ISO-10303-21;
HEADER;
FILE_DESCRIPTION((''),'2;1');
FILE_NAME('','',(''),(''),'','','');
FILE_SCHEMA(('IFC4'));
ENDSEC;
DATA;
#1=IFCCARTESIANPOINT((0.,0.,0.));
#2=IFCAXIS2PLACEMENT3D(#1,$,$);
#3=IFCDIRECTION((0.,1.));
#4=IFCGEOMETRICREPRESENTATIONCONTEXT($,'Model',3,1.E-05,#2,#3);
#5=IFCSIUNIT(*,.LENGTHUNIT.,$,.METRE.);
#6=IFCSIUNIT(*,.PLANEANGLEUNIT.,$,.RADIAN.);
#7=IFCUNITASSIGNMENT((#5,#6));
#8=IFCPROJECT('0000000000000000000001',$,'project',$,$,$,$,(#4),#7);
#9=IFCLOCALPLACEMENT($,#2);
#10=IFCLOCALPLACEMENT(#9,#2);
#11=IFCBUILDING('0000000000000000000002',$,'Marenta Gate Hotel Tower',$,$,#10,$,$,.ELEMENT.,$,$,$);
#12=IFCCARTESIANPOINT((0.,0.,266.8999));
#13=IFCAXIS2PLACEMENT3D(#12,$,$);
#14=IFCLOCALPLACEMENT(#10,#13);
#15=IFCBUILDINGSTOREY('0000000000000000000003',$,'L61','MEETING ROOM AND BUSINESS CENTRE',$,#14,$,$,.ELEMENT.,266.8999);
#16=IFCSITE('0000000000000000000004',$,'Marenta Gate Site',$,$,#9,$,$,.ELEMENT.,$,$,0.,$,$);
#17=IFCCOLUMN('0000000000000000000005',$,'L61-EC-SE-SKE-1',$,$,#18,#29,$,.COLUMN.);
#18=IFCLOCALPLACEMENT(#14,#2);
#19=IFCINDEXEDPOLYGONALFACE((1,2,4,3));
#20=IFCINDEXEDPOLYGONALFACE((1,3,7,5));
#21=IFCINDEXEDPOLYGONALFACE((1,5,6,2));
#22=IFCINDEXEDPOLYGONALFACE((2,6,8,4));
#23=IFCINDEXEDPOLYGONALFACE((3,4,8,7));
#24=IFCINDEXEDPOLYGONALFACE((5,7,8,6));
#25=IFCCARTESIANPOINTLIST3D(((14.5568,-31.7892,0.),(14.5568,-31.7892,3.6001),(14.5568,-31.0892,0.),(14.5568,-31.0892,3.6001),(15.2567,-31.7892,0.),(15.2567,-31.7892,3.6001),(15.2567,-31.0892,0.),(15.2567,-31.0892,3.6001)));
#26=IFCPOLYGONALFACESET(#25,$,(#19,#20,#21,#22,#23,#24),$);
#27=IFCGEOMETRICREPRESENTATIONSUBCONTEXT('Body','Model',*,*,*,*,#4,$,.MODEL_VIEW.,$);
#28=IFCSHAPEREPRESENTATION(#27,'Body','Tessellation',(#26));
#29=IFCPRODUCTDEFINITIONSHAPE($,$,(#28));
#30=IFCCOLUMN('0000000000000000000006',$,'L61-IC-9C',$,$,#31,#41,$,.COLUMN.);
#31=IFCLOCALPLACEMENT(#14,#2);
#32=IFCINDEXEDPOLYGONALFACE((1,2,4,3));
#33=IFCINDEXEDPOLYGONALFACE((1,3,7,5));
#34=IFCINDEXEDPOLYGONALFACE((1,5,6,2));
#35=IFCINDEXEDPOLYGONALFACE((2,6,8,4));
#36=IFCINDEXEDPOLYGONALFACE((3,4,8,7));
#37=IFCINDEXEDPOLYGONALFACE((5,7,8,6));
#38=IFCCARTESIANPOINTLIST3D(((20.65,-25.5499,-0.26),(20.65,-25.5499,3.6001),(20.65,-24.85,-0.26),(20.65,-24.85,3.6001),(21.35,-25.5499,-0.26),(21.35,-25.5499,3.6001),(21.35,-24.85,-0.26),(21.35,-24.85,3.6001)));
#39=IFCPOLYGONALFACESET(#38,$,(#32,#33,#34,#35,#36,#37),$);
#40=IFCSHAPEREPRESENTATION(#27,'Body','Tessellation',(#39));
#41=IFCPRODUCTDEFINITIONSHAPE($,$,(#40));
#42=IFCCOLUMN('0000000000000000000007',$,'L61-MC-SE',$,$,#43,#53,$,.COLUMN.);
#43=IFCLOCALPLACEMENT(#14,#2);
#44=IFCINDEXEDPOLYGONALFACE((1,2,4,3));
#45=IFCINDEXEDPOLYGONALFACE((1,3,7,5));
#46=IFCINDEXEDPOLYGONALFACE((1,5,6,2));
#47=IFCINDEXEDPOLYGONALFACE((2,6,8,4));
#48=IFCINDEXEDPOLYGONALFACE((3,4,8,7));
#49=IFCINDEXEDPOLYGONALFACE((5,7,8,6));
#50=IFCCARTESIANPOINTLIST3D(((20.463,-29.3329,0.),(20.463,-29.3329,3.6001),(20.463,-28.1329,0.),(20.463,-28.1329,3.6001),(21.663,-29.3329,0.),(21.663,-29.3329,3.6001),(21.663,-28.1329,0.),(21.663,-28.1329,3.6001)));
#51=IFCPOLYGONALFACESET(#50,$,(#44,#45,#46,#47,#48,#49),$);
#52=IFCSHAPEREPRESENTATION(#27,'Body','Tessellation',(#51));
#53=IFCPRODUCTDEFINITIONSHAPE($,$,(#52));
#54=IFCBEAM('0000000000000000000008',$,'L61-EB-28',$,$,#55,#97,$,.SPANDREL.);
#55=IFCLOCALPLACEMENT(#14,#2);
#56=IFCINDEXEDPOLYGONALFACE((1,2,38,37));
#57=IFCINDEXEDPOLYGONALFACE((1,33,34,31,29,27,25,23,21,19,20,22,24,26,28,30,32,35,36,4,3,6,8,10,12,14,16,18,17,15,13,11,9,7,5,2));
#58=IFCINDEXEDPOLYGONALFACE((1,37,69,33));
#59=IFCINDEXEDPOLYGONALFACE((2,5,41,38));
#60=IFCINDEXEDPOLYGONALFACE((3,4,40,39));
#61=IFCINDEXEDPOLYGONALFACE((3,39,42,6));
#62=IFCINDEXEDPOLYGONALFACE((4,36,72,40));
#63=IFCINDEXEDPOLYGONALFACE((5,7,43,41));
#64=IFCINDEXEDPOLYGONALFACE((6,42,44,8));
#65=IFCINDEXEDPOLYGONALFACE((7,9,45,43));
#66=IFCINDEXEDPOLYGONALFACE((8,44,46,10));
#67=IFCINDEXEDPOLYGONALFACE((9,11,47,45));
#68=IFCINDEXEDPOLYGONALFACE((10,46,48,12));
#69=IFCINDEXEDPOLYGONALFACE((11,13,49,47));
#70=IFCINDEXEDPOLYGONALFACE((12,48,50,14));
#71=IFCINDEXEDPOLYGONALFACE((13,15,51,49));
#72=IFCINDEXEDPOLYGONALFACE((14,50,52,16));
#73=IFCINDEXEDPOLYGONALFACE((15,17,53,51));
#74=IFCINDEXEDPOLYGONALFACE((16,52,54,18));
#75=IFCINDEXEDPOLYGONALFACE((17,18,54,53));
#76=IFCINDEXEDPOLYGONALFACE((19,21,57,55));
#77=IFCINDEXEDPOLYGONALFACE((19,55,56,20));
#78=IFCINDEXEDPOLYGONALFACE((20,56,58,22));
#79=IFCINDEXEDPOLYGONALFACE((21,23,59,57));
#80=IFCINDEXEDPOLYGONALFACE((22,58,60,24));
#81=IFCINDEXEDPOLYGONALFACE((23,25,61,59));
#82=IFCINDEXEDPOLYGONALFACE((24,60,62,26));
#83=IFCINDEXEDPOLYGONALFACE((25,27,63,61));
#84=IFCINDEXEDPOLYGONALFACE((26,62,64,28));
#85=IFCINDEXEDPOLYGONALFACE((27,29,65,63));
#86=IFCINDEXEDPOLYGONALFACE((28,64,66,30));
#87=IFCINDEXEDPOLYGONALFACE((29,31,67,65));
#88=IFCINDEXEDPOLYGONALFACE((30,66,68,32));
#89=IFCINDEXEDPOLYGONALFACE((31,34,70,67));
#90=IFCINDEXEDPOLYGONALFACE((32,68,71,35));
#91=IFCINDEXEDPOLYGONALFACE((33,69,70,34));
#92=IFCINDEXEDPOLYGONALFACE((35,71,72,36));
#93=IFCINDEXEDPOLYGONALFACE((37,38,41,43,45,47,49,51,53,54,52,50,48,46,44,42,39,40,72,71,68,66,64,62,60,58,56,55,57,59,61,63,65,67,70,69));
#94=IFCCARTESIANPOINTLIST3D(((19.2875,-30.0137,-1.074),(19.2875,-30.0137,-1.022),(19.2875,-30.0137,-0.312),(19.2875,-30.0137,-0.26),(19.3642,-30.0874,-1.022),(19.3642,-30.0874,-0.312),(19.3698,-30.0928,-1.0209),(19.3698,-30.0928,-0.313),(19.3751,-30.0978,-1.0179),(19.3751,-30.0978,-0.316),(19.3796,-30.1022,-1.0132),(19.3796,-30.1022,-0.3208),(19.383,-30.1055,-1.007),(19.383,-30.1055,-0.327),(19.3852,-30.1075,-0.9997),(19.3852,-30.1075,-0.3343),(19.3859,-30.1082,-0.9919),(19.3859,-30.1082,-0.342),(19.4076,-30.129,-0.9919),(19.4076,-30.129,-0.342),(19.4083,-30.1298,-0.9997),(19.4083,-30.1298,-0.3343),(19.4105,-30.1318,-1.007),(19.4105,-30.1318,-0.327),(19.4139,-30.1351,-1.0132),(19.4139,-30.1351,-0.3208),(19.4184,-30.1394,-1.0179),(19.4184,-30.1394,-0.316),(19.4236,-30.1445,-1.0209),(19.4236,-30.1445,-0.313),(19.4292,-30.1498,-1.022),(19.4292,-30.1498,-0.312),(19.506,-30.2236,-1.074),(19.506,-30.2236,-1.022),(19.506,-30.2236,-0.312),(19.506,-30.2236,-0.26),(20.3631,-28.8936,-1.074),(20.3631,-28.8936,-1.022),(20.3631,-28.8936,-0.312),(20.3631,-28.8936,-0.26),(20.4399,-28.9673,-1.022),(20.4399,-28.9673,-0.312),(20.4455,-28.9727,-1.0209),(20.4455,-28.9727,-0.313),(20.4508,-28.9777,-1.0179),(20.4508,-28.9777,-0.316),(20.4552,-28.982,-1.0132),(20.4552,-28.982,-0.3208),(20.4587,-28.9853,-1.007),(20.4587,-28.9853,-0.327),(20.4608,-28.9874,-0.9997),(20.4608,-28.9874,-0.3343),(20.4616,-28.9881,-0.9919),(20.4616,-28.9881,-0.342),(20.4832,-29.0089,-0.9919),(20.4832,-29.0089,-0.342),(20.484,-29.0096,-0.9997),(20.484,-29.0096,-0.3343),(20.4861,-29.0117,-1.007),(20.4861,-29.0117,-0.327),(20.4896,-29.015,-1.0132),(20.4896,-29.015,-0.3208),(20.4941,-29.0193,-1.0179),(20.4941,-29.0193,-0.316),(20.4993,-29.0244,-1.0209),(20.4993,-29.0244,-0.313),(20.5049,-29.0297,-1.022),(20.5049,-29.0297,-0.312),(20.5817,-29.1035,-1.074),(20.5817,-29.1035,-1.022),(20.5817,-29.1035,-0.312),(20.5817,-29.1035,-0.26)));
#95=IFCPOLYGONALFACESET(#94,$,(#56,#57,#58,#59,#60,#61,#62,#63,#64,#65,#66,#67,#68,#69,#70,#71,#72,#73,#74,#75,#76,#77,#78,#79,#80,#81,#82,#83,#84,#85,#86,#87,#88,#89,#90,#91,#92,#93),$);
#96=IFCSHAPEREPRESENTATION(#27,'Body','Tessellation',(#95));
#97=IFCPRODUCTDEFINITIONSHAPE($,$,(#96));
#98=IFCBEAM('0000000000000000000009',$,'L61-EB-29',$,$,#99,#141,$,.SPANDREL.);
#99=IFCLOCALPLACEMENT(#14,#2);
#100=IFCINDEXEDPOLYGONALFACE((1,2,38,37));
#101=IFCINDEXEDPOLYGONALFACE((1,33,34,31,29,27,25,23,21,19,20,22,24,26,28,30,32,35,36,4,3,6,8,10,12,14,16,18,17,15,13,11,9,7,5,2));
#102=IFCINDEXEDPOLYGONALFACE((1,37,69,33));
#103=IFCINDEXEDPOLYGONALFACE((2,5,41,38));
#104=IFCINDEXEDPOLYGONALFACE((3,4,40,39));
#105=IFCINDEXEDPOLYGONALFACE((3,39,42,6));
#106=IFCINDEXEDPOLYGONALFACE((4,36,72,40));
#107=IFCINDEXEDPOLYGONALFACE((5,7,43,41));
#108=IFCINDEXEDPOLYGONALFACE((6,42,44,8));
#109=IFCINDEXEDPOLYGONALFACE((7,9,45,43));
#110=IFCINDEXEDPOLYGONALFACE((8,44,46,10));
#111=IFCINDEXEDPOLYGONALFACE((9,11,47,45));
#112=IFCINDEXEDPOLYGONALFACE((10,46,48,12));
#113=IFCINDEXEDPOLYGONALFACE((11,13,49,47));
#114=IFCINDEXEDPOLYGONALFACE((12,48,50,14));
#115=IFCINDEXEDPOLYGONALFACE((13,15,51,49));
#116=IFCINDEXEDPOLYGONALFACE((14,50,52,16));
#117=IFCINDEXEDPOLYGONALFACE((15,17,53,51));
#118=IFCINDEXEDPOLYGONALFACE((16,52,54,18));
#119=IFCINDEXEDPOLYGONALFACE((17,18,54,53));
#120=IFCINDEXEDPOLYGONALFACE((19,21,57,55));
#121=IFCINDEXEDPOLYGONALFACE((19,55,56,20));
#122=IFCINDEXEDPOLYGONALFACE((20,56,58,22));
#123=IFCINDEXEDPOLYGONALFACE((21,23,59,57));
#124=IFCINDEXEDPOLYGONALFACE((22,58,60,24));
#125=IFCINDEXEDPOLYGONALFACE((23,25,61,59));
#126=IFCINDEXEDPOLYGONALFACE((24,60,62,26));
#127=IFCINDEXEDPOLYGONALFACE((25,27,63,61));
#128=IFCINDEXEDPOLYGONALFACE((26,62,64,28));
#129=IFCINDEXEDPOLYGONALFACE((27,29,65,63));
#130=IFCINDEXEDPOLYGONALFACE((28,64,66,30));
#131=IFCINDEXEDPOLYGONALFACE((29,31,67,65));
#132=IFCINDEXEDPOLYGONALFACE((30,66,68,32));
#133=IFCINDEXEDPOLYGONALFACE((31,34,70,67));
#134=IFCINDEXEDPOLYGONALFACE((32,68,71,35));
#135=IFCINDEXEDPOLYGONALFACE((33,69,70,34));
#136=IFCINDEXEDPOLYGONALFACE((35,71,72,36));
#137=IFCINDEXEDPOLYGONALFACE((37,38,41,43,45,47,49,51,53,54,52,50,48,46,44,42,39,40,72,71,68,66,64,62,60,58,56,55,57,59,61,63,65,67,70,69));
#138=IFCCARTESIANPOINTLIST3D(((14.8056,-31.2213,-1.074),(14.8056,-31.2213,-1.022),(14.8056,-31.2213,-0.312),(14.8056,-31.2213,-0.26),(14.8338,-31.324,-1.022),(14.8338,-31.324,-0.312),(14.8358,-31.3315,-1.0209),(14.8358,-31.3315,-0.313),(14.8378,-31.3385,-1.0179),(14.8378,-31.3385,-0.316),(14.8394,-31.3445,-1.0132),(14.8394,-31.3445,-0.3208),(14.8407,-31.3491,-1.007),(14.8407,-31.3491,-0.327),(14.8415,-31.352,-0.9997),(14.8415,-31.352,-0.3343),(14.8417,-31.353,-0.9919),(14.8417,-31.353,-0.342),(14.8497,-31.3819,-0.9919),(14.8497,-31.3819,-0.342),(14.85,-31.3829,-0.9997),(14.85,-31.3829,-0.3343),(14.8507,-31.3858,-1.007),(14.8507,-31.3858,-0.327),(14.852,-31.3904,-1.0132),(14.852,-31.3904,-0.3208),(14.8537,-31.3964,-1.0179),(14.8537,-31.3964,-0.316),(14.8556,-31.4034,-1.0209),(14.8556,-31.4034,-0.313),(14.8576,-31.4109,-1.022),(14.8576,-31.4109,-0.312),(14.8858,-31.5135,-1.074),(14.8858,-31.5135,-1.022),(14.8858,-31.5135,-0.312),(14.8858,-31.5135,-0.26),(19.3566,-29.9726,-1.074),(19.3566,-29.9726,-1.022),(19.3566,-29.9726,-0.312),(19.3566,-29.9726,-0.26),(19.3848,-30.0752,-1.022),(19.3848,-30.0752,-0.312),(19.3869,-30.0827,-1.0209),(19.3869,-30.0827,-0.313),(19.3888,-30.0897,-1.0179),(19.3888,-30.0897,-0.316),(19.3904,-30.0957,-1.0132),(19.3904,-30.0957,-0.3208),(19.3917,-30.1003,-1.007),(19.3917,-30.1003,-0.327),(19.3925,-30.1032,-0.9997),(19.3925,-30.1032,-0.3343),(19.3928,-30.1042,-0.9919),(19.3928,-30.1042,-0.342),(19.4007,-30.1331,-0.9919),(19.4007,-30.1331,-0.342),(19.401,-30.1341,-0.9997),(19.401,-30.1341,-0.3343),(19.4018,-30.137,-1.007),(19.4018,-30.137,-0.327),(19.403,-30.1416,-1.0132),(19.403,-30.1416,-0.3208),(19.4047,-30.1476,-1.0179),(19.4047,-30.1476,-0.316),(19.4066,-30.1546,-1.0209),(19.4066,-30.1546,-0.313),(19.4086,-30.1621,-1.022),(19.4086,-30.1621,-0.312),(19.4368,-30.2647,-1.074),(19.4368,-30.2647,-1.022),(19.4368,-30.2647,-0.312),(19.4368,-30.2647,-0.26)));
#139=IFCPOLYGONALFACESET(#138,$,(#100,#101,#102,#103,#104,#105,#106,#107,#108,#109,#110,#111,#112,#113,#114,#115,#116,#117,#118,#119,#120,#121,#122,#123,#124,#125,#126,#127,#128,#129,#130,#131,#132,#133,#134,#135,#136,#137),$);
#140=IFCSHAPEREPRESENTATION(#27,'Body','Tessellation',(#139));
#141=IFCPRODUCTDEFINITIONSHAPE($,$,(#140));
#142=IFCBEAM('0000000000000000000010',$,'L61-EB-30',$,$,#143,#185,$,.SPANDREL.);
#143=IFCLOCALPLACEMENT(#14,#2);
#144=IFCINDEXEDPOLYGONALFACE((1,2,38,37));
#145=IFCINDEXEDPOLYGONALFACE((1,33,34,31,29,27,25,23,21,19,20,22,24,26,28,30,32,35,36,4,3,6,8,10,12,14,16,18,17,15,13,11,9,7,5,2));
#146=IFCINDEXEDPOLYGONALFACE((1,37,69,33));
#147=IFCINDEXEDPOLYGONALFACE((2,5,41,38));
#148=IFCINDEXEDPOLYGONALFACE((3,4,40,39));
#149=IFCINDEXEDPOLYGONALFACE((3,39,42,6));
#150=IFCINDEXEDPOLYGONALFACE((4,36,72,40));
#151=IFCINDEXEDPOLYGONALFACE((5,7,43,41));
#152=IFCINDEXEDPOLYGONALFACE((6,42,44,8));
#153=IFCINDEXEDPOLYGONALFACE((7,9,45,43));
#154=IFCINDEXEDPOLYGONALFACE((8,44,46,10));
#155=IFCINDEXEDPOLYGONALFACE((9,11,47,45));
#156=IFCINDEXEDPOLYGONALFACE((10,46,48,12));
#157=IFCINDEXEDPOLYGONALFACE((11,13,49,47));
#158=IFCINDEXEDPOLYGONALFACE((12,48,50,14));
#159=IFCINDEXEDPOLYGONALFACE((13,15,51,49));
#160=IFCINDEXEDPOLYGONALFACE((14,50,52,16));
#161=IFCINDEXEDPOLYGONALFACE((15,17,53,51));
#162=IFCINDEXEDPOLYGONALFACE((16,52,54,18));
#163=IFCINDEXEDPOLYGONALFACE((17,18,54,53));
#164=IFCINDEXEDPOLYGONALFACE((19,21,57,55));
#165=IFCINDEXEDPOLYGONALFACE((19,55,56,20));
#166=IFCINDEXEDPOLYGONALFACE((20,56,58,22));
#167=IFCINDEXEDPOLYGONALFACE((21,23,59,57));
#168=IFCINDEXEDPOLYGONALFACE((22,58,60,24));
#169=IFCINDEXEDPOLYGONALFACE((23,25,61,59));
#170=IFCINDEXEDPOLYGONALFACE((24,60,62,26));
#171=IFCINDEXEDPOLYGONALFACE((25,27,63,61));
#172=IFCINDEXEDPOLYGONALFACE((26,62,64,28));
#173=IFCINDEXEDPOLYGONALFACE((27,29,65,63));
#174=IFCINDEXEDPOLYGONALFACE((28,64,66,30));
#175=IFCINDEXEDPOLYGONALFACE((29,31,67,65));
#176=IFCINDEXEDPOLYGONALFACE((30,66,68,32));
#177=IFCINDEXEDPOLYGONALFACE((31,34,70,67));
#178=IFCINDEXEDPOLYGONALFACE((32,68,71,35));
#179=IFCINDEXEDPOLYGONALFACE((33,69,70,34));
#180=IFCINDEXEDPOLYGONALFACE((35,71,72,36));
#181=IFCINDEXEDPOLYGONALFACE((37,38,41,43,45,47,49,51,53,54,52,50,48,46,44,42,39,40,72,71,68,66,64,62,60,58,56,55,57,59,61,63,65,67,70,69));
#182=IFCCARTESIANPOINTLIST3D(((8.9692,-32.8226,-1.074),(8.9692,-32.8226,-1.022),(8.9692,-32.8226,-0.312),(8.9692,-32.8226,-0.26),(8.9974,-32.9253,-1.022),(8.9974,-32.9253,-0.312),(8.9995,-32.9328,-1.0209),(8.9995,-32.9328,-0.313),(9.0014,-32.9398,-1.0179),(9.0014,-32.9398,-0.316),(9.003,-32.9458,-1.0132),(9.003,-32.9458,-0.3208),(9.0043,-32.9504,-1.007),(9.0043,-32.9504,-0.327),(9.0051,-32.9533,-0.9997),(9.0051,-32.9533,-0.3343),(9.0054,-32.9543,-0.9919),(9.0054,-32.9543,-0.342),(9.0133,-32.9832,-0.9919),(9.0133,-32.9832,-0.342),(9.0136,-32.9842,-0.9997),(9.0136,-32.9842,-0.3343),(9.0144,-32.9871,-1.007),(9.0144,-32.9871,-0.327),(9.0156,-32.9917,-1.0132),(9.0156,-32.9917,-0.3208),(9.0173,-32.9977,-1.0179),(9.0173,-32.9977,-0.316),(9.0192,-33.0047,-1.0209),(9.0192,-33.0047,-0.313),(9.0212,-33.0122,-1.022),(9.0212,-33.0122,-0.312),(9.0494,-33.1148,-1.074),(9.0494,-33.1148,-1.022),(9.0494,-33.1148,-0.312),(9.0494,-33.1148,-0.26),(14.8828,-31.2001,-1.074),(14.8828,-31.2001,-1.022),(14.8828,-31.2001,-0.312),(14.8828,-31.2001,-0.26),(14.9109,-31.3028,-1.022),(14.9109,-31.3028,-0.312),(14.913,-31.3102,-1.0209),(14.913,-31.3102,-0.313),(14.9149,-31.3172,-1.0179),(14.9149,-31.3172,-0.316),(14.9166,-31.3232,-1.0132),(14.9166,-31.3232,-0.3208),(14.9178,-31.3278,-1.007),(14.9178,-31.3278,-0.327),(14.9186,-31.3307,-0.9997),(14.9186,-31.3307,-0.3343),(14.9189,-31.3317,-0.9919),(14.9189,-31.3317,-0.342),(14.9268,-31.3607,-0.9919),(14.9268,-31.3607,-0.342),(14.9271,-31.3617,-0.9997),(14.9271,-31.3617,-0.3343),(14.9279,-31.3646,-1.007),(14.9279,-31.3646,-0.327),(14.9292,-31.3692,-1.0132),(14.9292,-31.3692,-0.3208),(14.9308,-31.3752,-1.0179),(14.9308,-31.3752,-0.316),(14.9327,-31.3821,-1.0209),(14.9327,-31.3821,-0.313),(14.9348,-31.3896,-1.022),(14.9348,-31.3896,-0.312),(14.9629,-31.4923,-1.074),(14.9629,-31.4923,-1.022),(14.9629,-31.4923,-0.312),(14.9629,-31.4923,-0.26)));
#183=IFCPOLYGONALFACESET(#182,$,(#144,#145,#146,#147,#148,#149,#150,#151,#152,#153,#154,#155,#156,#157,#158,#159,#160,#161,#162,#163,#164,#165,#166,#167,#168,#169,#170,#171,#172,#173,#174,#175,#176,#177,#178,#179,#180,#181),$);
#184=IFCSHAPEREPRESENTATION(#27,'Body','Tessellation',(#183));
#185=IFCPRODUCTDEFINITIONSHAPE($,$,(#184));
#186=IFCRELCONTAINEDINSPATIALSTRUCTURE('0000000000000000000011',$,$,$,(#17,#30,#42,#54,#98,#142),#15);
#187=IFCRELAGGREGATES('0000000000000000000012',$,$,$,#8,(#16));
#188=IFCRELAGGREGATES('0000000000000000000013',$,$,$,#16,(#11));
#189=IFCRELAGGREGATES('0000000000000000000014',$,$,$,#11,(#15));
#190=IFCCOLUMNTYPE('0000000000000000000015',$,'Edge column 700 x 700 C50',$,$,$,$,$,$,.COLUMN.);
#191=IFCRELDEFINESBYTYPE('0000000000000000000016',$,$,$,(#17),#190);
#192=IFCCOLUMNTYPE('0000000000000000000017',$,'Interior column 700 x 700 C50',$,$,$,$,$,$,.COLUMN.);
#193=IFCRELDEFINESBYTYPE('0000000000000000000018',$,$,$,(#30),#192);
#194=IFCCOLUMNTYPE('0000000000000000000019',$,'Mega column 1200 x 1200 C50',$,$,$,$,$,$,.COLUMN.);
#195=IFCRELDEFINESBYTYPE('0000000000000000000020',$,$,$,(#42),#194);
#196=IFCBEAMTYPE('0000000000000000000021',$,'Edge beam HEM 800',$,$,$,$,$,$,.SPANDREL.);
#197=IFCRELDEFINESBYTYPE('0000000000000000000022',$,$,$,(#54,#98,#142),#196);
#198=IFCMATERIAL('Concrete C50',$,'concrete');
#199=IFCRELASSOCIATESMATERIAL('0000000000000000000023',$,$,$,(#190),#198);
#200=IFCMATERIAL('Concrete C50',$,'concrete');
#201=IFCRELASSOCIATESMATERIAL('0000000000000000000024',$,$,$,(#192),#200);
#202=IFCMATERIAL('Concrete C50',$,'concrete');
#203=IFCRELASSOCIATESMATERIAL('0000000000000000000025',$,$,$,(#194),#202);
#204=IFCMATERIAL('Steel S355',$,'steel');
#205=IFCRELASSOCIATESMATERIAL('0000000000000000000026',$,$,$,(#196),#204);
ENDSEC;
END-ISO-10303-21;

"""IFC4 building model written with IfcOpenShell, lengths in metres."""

from ifc_helpers import new_model, si_unit, direction, frame, origin, origin_2d, place, context, subcontext, project, spatial, rectangle, i_section, extrude, material, material_profile, profile_set, type_object, element, save


model = new_model("IFC4")

# Units and contexts
model_context = context("Model", 3, precision=1e-05, world=origin(), true_north=direction((0.0, 1.0)))
body_context = subcontext(model_context, "Body", "Model", "MODEL_VIEW")
ifc_project = project(units=[si_unit("LENGTHUNIT", "METRE"), si_unit("PLANEANGLEUNIT", "RADIAN")], contexts=[model_context])

# Site, building, storey
site_placement = place(None, origin())
site = spatial("IfcSite", under=ifc_project, at=site_placement, Name="Marenta Gate Site", CompositionType="ELEMENT", RefElevation=0.0)
building_placement = place(site_placement, origin())
building = spatial("IfcBuilding", under=site, at=building_placement, Name="Marenta Gate Hotel Tower", CompositionType="ELEMENT")
storey_placement = place(building_placement, frame((0.0, 0.0, 266.8999)))
storey = spatial("IfcBuildingStorey", under=building, at=storey_placement, Name="L61", Description="MEETING ROOM AND BUSINESS CENTRE", CompositionType="ELEMENT", Elevation=266.8999)

# Columns
ifc_material_1 = material(Name="Concrete C50", Category="concrete")
ifc_material_profile_1 = material_profile(ifc_material_1, rectangle(XDim=0.7, YDim=0.7, at=origin_2d()), Name="700 x 700")
ifc_profile_set_1 = profile_set([ifc_material_profile_1], Name="Concrete C50")
column_type_1 = type_object("IfcColumnType", Name="Edge column 700 x 700 C50", PredefinedType="COLUMN", material=ifc_profile_set_1)
column_1_placement = place(storey_placement, frame((14.9067, -31.4392, 0.0), z_axis=(0.0, 0.0, 1.0), x_axis=(1.0, 0.0, 0.0)))
element("IfcColumn", 1, at=column_1_placement, inside=storey, type_object=column_type_1, Name="L61-EC-SE-SKE-1", PredefinedType="COLUMN", context=body_context, shape_type="SweptSolid", body=[
    extrude(rectangle(XDim=0.7, YDim=0.7, at=origin_2d()), origin(), (0.0, 0.0, 1.0), 3.6001),
])
ifc_material_2 = material(Name="Concrete C50", Category="concrete")
ifc_material_profile_2 = material_profile(ifc_material_2, rectangle(XDim=0.7, YDim=0.7, at=origin_2d()), Name="700 x 700")
ifc_profile_set_2 = profile_set([ifc_material_profile_2], Name="Concrete C50")
column_type_2 = type_object("IfcColumnType", Name="Interior column 700 x 700 C50", PredefinedType="COLUMN", material=ifc_profile_set_2)
column_2_placement = place(storey_placement, frame((21.0, -25.2, -0.26), z_axis=(0.0, 0.0, 1.0), x_axis=(1.0, 0.0, 0.0)))
element("IfcColumn", 2, at=column_2_placement, inside=storey, type_object=column_type_2, Name="L61-IC-9C", PredefinedType="COLUMN", context=body_context, shape_type="SweptSolid", body=[
    extrude(rectangle(XDim=0.7, YDim=0.7, at=origin_2d()), origin(), (0.0, 0.0, 1.0), 3.8601),
])
ifc_material_3 = material(Name="Concrete C50", Category="concrete")
ifc_material_profile_3 = material_profile(ifc_material_3, rectangle(XDim=1.2, YDim=1.2, at=origin_2d()), Name="1200 x 1200")
ifc_profile_set_3 = profile_set([ifc_material_profile_3], Name="Concrete C50")
column_type_3 = type_object("IfcColumnType", Name="Mega column 1200 x 1200 C50", PredefinedType="COLUMN", material=ifc_profile_set_3)
column_3_placement = place(storey_placement, frame((21.063, -28.7329, 0.0), z_axis=(0.0, 0.0, 1.0), x_axis=(1.0, 0.0, 0.0)))
element("IfcColumn", 3, at=column_3_placement, inside=storey, type_object=column_type_3, Name="L61-MC-SE", PredefinedType="COLUMN", context=body_context, shape_type="SweptSolid", body=[
    extrude(rectangle(XDim=1.2, YDim=1.2, at=origin_2d()), origin(), (0.0, 0.0, 1.0), 3.6001),
])

# Beams
ifc_material_4 = material(Name="Steel S355", Category="steel")
ifc_material_profile_4 = material_profile(ifc_material_4, i_section(OverallWidth=0.303, OverallDepth=0.814, WebThickness=0.03, FlangeThickness=0.052, FilletRadius=0.03, at=origin_2d()), Name="HEM 800")
ifc_profile_set_4 = profile_set([ifc_material_profile_4], Name="Steel S355")
beam_type_1 = type_object("IfcBeamType", Name="Edge beam HEM 800", PredefinedType="SPANDREL", material=ifc_profile_set_4)
beam_1_placement = place(storey_placement, frame((20.4724, -28.9985, -0.667), z_axis=(-0.692656, -0.721268, 0.0), x_axis=(0.721268, -0.692656, 0.0)))
element("IfcBeam", 4, at=beam_1_placement, inside=storey, type_object=beam_type_1, Name="L61-EB-28", PredefinedType="SPANDREL", context=body_context, shape_type="SweptSolid", body=[
    extrude(i_section(OverallWidth=0.303, OverallDepth=0.814, WebThickness=0.03, FlangeThickness=0.052, FilletRadius=0.03, at=origin_2d()), origin(), (0.0, 0.0, 1.0), 1.553),
])
beam_2_placement = place(storey_placement, frame((19.3967, -30.1187, -0.667), z_axis=(-0.964354, -0.264614, 0.0), x_axis=(0.264614, -0.964354, 0.0)))
element("IfcBeam", 5, at=beam_2_placement, inside=storey, type_object=beam_type_1, Name="L61-EB-29", PredefinedType="SPANDREL", context=body_context, shape_type="SweptSolid", body=[
    extrude(i_section(OverallWidth=0.303, OverallDepth=0.814, WebThickness=0.03, FlangeThickness=0.052, FilletRadius=0.03, at=origin_2d()), origin(), (0.0, 0.0, 1.0), 4.7192),
])
beam_3_placement = place(storey_placement, frame((14.9229, -31.3462, -0.667), z_axis=(-0.964358, -0.264599, 0.0), x_axis=(0.264599, -0.964358, 0.0)))
element("IfcBeam", 6, at=beam_3_placement, inside=storey, type_object=beam_type_1, Name="L61-EB-30", PredefinedType="SPANDREL", context=body_context, shape_type="SweptSolid", body=[
    extrude(i_section(OverallWidth=0.303, OverallDepth=0.814, WebThickness=0.03, FlangeThickness=0.052, FilletRadius=0.03, at=origin_2d()), origin(), (0.0, 0.0, 1.0), 6.1321),
])

save(model, "model.ifc")
